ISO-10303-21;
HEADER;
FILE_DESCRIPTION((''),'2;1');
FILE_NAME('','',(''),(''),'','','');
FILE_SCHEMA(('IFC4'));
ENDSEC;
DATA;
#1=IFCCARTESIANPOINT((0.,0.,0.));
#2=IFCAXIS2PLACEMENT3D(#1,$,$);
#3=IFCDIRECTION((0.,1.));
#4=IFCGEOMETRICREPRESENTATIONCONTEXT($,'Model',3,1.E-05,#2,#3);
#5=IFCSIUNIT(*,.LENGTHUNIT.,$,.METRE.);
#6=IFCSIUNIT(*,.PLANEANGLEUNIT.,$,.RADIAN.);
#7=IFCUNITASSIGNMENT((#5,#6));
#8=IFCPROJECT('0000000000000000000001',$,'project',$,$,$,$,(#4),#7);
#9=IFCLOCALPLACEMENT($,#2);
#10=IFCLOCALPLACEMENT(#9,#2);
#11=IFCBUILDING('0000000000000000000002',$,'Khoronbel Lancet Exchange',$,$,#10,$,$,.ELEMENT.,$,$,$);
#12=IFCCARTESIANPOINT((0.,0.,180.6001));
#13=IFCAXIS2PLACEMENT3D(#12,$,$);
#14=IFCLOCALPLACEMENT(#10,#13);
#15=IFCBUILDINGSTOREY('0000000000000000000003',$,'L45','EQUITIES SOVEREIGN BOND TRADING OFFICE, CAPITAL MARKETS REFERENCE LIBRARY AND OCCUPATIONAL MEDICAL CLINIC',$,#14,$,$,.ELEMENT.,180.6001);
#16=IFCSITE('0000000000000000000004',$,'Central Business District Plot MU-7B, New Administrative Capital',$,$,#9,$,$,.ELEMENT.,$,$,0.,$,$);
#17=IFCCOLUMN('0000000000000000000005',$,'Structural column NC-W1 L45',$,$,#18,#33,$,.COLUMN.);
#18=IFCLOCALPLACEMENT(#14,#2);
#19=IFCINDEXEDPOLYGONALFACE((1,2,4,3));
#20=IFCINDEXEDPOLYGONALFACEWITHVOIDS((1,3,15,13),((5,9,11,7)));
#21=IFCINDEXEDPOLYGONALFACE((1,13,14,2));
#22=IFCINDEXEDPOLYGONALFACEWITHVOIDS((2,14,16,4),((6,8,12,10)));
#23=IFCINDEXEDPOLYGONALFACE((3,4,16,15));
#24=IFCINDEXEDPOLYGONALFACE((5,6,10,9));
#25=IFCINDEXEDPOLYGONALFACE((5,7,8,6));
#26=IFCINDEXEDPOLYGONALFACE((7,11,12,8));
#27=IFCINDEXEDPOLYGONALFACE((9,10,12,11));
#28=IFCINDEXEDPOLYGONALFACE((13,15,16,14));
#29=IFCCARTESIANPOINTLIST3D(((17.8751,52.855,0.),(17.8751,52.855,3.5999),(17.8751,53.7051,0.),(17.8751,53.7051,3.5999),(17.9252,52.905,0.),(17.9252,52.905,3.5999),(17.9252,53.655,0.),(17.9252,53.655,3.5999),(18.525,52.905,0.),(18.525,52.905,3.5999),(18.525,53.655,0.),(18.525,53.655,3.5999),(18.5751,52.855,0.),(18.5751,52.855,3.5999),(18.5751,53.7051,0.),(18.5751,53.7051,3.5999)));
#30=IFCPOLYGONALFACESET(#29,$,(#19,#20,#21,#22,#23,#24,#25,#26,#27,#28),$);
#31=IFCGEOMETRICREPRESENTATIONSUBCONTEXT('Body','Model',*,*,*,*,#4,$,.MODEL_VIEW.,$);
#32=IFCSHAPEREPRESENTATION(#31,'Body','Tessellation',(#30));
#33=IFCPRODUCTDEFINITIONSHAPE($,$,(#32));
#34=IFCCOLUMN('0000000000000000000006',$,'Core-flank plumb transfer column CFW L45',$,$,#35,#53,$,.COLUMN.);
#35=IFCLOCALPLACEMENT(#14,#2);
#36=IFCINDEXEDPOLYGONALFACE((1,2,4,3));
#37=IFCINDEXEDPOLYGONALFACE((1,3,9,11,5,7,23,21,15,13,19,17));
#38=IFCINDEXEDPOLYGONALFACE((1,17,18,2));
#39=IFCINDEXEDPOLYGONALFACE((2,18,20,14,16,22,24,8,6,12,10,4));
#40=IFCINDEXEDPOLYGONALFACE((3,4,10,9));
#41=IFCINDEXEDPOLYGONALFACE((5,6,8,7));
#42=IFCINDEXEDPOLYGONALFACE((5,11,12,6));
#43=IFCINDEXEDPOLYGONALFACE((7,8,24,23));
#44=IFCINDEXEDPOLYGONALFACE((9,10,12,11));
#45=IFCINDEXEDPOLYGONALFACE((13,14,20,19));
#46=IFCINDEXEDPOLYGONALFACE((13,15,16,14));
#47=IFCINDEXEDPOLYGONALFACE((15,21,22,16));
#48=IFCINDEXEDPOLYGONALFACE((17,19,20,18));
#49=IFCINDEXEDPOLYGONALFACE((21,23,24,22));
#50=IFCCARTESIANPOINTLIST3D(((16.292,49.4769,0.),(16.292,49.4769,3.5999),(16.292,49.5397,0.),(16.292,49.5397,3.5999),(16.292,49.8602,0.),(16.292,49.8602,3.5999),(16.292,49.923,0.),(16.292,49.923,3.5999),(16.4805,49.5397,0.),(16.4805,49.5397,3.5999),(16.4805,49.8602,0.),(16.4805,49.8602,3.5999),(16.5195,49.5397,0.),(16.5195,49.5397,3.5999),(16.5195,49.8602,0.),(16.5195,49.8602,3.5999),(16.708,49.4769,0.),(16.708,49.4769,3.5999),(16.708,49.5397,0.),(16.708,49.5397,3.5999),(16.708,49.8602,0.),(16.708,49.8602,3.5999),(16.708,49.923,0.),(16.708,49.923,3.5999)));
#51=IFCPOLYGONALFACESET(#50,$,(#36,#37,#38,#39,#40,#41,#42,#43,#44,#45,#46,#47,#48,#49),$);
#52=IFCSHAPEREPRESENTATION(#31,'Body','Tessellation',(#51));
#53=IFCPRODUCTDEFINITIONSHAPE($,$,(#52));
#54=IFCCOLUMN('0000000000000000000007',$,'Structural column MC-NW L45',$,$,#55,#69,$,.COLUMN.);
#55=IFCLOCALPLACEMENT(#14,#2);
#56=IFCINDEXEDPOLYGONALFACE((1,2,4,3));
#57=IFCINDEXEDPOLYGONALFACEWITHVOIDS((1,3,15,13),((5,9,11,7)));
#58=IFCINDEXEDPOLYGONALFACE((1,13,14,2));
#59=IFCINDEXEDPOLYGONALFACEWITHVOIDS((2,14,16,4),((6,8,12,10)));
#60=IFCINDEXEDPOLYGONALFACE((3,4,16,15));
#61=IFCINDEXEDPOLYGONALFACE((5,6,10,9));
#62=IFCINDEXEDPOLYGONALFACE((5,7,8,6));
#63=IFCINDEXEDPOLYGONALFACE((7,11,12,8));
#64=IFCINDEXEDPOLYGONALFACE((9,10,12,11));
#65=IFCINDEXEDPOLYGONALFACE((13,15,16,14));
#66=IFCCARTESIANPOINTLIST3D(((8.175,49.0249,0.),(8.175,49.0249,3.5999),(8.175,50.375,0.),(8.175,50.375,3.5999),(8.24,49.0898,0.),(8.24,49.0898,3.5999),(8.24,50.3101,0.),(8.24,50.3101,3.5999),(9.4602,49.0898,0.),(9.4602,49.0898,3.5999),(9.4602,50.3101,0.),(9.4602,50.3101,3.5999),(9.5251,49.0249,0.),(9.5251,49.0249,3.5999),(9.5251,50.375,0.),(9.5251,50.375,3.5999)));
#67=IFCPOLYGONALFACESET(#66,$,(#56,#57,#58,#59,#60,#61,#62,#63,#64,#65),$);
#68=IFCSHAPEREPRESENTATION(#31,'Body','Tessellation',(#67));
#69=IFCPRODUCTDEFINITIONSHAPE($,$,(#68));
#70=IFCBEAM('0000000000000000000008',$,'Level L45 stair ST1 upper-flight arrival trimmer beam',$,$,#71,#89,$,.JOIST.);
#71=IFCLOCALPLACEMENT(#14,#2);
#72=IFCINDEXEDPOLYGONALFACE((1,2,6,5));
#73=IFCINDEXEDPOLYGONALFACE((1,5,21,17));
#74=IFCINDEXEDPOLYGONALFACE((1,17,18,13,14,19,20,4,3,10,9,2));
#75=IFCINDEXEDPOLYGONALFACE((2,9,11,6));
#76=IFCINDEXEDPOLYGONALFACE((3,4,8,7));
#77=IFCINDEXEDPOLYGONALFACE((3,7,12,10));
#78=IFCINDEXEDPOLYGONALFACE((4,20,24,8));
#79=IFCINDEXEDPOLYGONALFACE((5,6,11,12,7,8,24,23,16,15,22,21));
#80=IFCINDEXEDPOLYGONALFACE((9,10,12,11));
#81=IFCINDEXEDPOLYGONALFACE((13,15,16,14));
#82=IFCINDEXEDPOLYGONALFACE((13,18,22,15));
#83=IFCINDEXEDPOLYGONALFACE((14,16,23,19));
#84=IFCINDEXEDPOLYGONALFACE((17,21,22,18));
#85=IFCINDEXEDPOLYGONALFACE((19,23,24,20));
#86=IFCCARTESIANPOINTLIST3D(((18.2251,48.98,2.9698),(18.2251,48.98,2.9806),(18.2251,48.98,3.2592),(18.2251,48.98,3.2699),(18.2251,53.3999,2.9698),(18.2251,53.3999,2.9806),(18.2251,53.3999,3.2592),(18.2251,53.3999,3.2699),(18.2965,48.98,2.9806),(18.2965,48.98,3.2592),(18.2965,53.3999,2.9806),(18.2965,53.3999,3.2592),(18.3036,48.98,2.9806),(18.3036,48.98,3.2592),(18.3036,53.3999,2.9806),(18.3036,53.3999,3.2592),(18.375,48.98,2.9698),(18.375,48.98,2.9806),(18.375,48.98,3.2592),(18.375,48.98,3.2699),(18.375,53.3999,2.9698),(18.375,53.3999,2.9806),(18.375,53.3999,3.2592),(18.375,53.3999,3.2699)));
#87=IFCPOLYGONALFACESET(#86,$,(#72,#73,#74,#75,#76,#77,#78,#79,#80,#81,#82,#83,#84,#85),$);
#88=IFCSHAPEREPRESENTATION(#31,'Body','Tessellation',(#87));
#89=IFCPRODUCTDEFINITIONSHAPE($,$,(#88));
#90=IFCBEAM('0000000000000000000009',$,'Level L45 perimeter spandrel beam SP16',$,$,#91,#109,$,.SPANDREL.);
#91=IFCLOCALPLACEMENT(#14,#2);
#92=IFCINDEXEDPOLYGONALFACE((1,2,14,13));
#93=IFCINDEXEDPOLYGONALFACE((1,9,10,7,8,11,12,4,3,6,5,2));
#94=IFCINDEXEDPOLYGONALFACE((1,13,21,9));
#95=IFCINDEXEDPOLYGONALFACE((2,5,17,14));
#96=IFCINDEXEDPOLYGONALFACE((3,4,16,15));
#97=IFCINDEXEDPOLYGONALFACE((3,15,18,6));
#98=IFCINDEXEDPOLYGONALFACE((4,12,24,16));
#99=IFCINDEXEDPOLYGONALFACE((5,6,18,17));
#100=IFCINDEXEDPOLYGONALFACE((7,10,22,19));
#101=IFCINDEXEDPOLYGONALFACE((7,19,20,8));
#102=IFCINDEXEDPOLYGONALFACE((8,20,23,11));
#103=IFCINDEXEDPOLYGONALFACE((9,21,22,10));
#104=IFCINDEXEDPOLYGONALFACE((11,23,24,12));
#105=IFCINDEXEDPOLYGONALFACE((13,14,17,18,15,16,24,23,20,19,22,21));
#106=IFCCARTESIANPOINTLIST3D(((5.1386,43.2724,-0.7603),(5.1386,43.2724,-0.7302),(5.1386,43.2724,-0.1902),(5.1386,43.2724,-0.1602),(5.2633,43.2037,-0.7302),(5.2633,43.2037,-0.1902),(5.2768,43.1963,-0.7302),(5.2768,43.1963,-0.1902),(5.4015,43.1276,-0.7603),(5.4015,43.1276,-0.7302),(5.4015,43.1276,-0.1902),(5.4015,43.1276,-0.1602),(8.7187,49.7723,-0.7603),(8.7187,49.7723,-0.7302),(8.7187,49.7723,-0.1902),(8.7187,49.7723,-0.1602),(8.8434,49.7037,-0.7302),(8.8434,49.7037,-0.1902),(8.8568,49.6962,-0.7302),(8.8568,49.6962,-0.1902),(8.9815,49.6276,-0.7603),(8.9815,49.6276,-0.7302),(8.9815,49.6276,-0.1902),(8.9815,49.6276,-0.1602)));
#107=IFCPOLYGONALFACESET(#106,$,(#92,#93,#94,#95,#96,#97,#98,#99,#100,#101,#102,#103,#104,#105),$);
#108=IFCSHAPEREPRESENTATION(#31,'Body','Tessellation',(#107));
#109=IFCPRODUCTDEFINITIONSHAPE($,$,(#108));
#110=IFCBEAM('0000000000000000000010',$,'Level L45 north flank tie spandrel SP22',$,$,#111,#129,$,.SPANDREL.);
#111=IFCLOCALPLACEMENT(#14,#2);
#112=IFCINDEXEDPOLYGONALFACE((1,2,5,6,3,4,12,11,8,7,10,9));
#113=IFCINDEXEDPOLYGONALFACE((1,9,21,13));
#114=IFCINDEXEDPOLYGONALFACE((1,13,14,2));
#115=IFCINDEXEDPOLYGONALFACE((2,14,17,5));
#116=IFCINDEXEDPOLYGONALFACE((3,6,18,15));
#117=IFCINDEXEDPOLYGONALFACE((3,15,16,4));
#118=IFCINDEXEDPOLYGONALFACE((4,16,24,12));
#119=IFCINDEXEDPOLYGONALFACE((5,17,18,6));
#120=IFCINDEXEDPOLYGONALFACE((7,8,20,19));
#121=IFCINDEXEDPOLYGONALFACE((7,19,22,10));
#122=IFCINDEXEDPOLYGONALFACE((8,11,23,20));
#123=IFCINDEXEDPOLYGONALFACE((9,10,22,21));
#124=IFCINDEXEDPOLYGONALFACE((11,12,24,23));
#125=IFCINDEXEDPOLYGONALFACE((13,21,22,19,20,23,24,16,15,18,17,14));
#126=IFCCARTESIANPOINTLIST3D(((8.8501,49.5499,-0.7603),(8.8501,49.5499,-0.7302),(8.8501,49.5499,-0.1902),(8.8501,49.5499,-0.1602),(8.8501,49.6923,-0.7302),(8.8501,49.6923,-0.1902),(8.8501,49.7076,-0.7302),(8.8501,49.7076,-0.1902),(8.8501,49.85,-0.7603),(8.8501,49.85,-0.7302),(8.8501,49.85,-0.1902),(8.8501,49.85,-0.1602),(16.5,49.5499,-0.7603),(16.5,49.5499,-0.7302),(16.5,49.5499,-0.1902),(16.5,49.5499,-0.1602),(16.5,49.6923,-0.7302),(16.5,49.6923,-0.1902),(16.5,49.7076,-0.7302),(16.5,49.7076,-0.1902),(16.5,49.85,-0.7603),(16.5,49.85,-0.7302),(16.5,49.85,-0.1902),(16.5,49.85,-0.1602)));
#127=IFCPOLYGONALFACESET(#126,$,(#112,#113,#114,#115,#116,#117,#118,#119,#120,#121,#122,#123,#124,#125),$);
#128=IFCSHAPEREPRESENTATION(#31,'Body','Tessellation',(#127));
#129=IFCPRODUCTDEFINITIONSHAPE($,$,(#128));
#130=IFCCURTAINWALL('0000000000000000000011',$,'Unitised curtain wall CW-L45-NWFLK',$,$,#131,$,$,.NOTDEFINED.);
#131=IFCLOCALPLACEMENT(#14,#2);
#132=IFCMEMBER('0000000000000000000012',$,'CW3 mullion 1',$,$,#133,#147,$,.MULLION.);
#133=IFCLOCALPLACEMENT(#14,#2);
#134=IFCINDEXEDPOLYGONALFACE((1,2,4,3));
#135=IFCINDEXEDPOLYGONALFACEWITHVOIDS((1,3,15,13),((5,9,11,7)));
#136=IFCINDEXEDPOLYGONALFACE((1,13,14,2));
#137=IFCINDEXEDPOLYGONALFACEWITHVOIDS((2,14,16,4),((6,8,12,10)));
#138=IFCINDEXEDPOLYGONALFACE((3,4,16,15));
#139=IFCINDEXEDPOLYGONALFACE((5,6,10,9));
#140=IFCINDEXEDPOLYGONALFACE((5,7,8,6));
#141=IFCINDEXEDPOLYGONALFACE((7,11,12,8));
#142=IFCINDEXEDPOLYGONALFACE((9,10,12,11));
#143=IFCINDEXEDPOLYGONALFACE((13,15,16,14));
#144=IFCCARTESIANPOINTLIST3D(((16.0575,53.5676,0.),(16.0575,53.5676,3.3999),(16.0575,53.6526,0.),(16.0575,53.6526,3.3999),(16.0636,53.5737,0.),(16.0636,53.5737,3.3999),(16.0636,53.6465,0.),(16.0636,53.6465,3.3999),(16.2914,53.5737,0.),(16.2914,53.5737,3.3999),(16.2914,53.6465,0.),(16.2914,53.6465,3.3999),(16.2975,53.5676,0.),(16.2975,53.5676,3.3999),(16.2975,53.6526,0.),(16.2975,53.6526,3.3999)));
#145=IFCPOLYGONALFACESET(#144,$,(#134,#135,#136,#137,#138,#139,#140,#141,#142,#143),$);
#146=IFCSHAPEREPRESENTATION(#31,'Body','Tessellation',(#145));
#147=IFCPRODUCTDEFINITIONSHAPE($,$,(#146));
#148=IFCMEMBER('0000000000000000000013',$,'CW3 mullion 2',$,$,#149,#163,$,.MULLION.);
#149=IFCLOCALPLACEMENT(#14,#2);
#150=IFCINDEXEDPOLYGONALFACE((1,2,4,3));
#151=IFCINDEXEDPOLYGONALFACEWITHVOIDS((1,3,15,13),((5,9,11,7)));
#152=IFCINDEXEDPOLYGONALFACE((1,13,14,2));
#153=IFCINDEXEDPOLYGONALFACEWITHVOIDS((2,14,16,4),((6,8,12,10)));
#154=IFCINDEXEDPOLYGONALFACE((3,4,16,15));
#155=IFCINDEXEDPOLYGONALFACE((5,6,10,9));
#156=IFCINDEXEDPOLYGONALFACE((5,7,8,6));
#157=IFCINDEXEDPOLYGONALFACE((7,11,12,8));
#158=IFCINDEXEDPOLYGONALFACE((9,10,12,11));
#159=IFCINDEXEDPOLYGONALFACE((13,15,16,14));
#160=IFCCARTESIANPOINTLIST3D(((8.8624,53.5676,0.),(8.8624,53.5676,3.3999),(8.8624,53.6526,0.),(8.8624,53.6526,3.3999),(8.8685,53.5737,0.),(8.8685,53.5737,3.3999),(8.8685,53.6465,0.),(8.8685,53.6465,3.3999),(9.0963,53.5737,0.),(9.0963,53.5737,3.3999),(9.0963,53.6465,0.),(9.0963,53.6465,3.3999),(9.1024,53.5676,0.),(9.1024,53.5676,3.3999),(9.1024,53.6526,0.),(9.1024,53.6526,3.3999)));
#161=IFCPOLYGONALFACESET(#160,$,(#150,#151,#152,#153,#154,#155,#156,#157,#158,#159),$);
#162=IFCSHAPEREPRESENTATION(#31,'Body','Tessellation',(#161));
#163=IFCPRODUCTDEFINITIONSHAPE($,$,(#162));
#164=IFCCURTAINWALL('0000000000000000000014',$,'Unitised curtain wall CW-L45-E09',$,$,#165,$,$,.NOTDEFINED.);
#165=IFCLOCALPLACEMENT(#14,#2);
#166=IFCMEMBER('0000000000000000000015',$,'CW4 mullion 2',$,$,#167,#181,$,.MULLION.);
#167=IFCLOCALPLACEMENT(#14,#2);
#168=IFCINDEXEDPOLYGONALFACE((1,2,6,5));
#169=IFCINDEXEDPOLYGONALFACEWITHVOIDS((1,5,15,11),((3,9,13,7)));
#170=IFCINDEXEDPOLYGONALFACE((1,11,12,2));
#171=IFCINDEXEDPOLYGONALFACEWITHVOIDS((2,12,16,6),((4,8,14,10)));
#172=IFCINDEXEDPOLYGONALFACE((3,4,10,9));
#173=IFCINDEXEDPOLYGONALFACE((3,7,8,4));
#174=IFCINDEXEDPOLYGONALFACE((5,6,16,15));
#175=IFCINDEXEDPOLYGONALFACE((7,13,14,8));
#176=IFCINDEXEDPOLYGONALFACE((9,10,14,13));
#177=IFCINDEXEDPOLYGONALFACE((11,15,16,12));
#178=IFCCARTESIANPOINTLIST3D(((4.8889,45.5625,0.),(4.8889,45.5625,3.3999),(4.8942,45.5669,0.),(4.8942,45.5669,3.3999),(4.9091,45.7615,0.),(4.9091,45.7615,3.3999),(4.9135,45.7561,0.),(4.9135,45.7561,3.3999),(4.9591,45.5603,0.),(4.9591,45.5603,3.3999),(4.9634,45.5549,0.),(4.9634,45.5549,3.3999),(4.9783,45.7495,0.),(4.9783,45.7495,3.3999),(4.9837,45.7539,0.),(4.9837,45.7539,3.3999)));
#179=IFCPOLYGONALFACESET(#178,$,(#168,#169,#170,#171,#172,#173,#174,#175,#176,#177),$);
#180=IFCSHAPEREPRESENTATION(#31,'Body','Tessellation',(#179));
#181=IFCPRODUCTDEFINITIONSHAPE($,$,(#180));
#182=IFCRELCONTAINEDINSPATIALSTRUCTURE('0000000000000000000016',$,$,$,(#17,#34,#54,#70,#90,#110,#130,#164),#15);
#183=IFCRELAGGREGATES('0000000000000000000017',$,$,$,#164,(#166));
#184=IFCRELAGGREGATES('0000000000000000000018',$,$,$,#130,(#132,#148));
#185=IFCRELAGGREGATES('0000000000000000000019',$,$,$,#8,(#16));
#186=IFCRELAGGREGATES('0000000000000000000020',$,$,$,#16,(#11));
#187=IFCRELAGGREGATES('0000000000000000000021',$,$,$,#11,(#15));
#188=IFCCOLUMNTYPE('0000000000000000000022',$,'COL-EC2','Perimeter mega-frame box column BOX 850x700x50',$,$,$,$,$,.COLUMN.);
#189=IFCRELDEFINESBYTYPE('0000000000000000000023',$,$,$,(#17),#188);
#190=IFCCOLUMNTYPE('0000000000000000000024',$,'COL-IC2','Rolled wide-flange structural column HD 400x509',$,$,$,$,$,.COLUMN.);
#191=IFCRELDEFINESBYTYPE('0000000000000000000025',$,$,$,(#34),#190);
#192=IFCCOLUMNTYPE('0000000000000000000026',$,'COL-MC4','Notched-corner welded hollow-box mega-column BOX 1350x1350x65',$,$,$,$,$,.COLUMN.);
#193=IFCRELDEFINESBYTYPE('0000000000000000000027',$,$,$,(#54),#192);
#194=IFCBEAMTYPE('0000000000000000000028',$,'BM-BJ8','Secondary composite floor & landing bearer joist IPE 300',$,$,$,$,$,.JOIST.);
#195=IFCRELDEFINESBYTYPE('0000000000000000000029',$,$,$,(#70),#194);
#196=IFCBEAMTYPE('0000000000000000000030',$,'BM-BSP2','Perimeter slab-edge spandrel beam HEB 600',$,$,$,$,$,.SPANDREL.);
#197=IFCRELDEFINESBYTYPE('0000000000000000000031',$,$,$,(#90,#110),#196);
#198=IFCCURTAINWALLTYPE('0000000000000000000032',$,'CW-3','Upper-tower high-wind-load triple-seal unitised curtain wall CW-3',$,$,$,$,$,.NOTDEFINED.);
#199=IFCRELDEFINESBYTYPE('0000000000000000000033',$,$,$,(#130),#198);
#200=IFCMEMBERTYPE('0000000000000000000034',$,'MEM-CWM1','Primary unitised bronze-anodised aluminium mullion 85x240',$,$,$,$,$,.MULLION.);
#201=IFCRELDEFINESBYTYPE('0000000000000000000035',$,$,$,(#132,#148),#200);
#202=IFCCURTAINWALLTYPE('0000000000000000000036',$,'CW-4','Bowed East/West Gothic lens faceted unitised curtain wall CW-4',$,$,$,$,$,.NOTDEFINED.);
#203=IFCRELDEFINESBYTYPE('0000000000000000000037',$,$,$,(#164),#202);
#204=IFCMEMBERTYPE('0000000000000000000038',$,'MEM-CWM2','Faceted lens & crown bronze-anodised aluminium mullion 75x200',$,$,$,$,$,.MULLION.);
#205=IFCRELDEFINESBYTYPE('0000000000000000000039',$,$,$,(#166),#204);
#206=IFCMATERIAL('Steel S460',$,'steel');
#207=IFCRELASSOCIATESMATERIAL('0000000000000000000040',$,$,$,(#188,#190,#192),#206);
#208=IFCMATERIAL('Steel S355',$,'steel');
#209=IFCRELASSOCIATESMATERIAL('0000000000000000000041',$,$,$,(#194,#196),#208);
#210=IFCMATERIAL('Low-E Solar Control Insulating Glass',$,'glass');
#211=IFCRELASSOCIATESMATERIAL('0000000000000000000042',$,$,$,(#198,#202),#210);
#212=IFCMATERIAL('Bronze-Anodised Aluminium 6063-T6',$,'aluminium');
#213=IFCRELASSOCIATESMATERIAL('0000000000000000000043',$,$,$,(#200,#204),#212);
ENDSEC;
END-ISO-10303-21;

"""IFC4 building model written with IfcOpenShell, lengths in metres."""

from ifc_helpers import new_model, si_unit, direction, frame, origin, origin_2d, place, context, subcontext, project, spatial, hollow_rectangle, i_section, extrude, material, material_profile, profile_set, type_object, element, aggregate, save


model = new_model("IFC4")

# Units and contexts
model_context = context("Model", 3, precision=1e-05, world=origin(), true_north=direction((0.0, 1.0)))
body_context = subcontext(model_context, "Body", "Model", "MODEL_VIEW")
ifc_project = project(units=[si_unit("LENGTHUNIT", "METRE"), si_unit("PLANEANGLEUNIT", "RADIAN")], contexts=[model_context])

# Site, building, storey
site_placement = place(None, origin())
site = spatial("IfcSite", under=ifc_project, at=site_placement, Name="Central Business District Plot MU-7B, New Administrative Capital", CompositionType="ELEMENT", RefElevation=0.0)
building_placement = place(site_placement, origin())
building = spatial("IfcBuilding", under=site, at=building_placement, Name="Khoronbel Lancet Exchange", CompositionType="ELEMENT")
storey_placement = place(building_placement, frame((0.0, 0.0, 180.6001)))
storey = spatial("IfcBuildingStorey", under=building, at=storey_placement, Name="L45", Description="EQUITIES SOVEREIGN BOND TRADING OFFICE, CAPITAL MARKETS REFERENCE LIBRARY AND OCCUPATIONAL MEDICAL CLINIC", CompositionType="ELEMENT", Elevation=180.6001)

# Columns
ifc_material_1 = material(Name="Steel S460", Category="steel")
ifc_material_profile_1 = material_profile(ifc_material_1, hollow_rectangle(XDim=0.7, YDim=0.8501, WallThickness=0.05, at=origin_2d()), Name="BOX 850x700x50")
ifc_profile_set_1 = profile_set([ifc_material_profile_1], Name="Steel S460")
column_type_1 = type_object("IfcColumnType", Name="COL-EC2", Description="Perimeter mega-frame box column BOX 850x700x50", PredefinedType="COLUMN", material=ifc_profile_set_1)
column_1_placement = place(storey_placement, frame((18.2251, 53.28, 0.0), z_axis=(0.0, 0.0, 1.0), x_axis=(1.0, 0.0, 0.0)))
element("IfcColumn", 1, at=column_1_placement, inside=storey, type_object=column_type_1, Name="Structural column NC-W1 L45", PredefinedType="COLUMN", context=body_context, shape_type="SweptSolid", body=[
    extrude(hollow_rectangle(XDim=0.7, YDim=0.8501, WallThickness=0.05, at=origin_2d()), origin(), (0.0, 0.0, 1.0), 3.5999),
])
ifc_material_profile_2 = material_profile(ifc_material_1, i_section(OverallWidth=0.416, OverallDepth=0.446, WebThickness=0.0391, FlangeThickness=0.0627, at=origin_2d()), Name="HD 400x509")
ifc_profile_set_2 = profile_set([ifc_material_profile_2], Name="Steel S460")
column_type_2 = type_object("IfcColumnType", Name="COL-IC2", Description="Rolled wide-flange structural column HD 400x509", PredefinedType="COLUMN", material=ifc_profile_set_2)
column_2_placement = place(storey_placement, frame((16.5, 49.7, 0.0), z_axis=(0.0, 0.0, 1.0), x_axis=(1.0, 0.0, 0.0)))
element("IfcColumn", 2, at=column_2_placement, inside=storey, type_object=column_type_2, Name="Core-flank plumb transfer column CFW L45", PredefinedType="COLUMN", context=body_context, shape_type="SweptSolid", body=[
    extrude(i_section(OverallWidth=0.416, OverallDepth=0.446, WebThickness=0.0391, FlangeThickness=0.0627, at=origin_2d()), origin(), (0.0, 0.0, 1.0), 3.5999),
])
ifc_material_profile_3 = material_profile(ifc_material_1, hollow_rectangle(XDim=1.3501, YDim=1.3501, WallThickness=0.0649, at=origin_2d()), Name="BOX 1350x1350x65")
ifc_profile_set_3 = profile_set([ifc_material_profile_3], Name="Steel S460")
column_type_3 = type_object("IfcColumnType", Name="COL-MC4", Description="Notched-corner welded hollow-box mega-column BOX 1350x1350x65", PredefinedType="COLUMN", material=ifc_profile_set_3)
column_3_placement = place(storey_placement, frame((8.8501, 49.7, 0.0), z_axis=(0.0, 0.0, 1.0), x_axis=(1.0, 0.0, 0.0)))
element("IfcColumn", 3, at=column_3_placement, inside=storey, type_object=column_type_3, Name="Structural column MC-NW L45", PredefinedType="COLUMN", context=body_context, shape_type="SweptSolid", body=[
    extrude(hollow_rectangle(XDim=1.3501, YDim=1.3501, WallThickness=0.0649, at=origin_2d()), origin(), (0.0, 0.0, 1.0), 3.5999),
])

# Beams
ifc_material_2 = material(Name="Steel S355", Category="steel")
ifc_material_profile_4 = material_profile(ifc_material_2, i_section(OverallWidth=0.1499, OverallDepth=0.3, WebThickness=0.0071, FlangeThickness=0.0107, at=origin_2d()), Name="IPE 300")
ifc_profile_set_4 = profile_set([ifc_material_profile_4], Name="Steel S355")
beam_type_1 = type_object("IfcBeamType", Name="BM-BJ8", Description="Secondary composite floor & landing bearer joist IPE 300", PredefinedType="JOIST", material=ifc_profile_set_4)
beam_1_placement = place(storey_placement, frame((18.3, 48.98, 3.1199), z_axis=(0.0, 1.0, 0.0), x_axis=(-1.0, 0.0, 0.0)))
element("IfcBeam", 4, at=beam_1_placement, inside=storey, type_object=beam_type_1, Name="Level L45 stair ST1 upper-flight arrival trimmer beam", PredefinedType="JOIST", context=body_context, shape_type="SweptSolid", body=[
    extrude(i_section(OverallWidth=0.1499, OverallDepth=0.3, WebThickness=0.0071, FlangeThickness=0.0107, at=origin_2d()), origin(), (0.0, 0.0, 1.0), 4.4199),
])
ifc_material_profile_5 = material_profile(ifc_material_2, i_section(OverallWidth=0.3, OverallDepth=0.6001, WebThickness=0.0154, FlangeThickness=0.03, at=origin_2d()), Name="HEB 600")
ifc_profile_set_5 = profile_set([ifc_material_profile_5], Name="Steel S355")
beam_type_2 = type_object("IfcBeamType", Name="BM-BSP2", Description="Perimeter slab-edge spandrel beam HEB 600", PredefinedType="SPANDREL", material=ifc_profile_set_5)
beam_2_placement = place(storey_placement, frame((8.8501, 49.7, -0.4602), z_axis=(-0.482444, -0.875927, 0.0), x_axis=(0.875927, -0.482444, 0.0)))
element("IfcBeam", 5, at=beam_2_placement, inside=storey, type_object=beam_type_2, Name="Level L45 perimeter spandrel beam SP16", PredefinedType="SPANDREL", context=body_context, shape_type="SweptSolid", body=[
    extrude(i_section(OverallWidth=0.3, OverallDepth=0.6001, WebThickness=0.0154, FlangeThickness=0.03, at=origin_2d()), origin(), (0.0, 0.0, 1.0), 7.4207),
])
beam_3_placement = place(storey_placement, frame((8.8501, 49.7, -0.4602), z_axis=(1.0, 0.0, 0.0), x_axis=(0.0, 1.0, 0.0)))
element("IfcBeam", 6, at=beam_3_placement, inside=storey, type_object=beam_type_2, Name="Level L45 north flank tie spandrel SP22", PredefinedType="SPANDREL", context=body_context, shape_type="SweptSolid", body=[
    extrude(i_section(OverallWidth=0.3, OverallDepth=0.6001, WebThickness=0.0154, FlangeThickness=0.03, at=origin_2d()), origin(), (0.0, 0.0, 1.0), 7.6499),
])

# Curtain wall, members
ifc_material_3 = material(Name="Low-E Solar Control Insulating Glass", Category="glass")
curtain_wall_type_1 = type_object("IfcCurtainWallType", Name="CW-3", Description="Upper-tower high-wind-load triple-seal unitised curtain wall CW-3", PredefinedType="NOTDEFINED", material=ifc_material_3)
curtain_wall_1_placement = place(storey_placement, origin())
curtain_wall_1 = element("IfcCurtainWall", 7, at=curtain_wall_1_placement, inside=storey, type_object=curtain_wall_type_1, Name="Unitised curtain wall CW-L45-NWFLK", PredefinedType="NOTDEFINED")
ifc_material_4 = material(Name="Bronze-Anodised Aluminium 6063-T6", Category="aluminium")
ifc_material_profile_6 = material_profile(ifc_material_4, hollow_rectangle(XDim=0.085, YDim=0.24, WallThickness=0.0061, at=origin_2d()), Name="ALU MULLION 85x240")
ifc_profile_set_6 = profile_set([ifc_material_profile_6], Name="Bronze-Anodised Aluminium 6063-T6")
member_type_1 = type_object("IfcMemberType", Name="MEM-CWM1", Description="Primary unitised bronze-anodised aluminium mullion 85x240", PredefinedType="MULLION", material=ifc_profile_set_6)
member_1_placement = place(storey_placement, frame((16.1775, 53.6101, 0.0), z_axis=(0.0, 0.0, 1.0), x_axis=(0.0, -1.0, 0.0)))
member_1 = element("IfcMember", 8, at=member_1_placement, type_object=member_type_1, Name="CW3 mullion 1", PredefinedType="MULLION", context=body_context, shape_type="SweptSolid", body=[
    extrude(hollow_rectangle(XDim=0.085, YDim=0.24, WallThickness=0.0061, at=origin_2d()), origin(), (0.0, 0.0, 1.0), 3.3999),
])
member_2_placement = place(storey_placement, frame((8.9824, 53.6101, 0.0), z_axis=(0.0, 0.0, 1.0), x_axis=(0.0, -1.0, 0.0)))
member_2 = element("IfcMember", 9, at=member_2_placement, type_object=member_type_1, Name="CW3 mullion 2", PredefinedType="MULLION", context=body_context, shape_type="SweptSolid", body=[
    extrude(hollow_rectangle(XDim=0.085, YDim=0.24, WallThickness=0.0061, at=origin_2d()), origin(), (0.0, 0.0, 1.0), 3.3999),
])

# Curtain wall, member
curtain_wall_type_2 = type_object("IfcCurtainWallType", Name="CW-4", Description="Bowed East/West Gothic lens faceted unitised curtain wall CW-4", PredefinedType="NOTDEFINED", material=ifc_material_3)
curtain_wall_2_placement = place(storey_placement, origin())
curtain_wall_2 = element("IfcCurtainWall", 10, at=curtain_wall_2_placement, inside=storey, type_object=curtain_wall_type_2, Name="Unitised curtain wall CW-L45-E09", PredefinedType="NOTDEFINED")
ifc_material_profile_7 = material_profile(ifc_material_4, hollow_rectangle(XDim=0.075, YDim=0.2, WallThickness=0.0049, at=origin_2d()), Name="ALU MULLION 75x200")
ifc_profile_set_7 = profile_set([ifc_material_profile_7], Name="Bronze-Anodised Aluminium 6063-T6")
member_type_2 = type_object("IfcMemberType", Name="MEM-CWM2", Description="Faceted lens & crown bronze-anodised aluminium mullion 75x200", PredefinedType="MULLION", material=ifc_profile_set_7)
member_3_placement = place(storey_placement, frame((4.9363, 45.6582, 0.0), z_axis=(0.0, 0.0, 1.0), x_axis=(-0.99487, 0.101165, 0.0)))
member_3 = element("IfcMember", 11, at=member_3_placement, type_object=member_type_2, Name="CW4 mullion 2", PredefinedType="MULLION", context=body_context, shape_type="SweptSolid", body=[
    extrude(hollow_rectangle(XDim=0.075, YDim=0.2, WallThickness=0.0049, at=origin_2d()), origin(), (0.0, 0.0, 1.0), 3.3999),
])
aggregate(curtain_wall_2, [member_3])

aggregate(curtain_wall_1, [member_1, member_2])

save(model, "model.ifc")
